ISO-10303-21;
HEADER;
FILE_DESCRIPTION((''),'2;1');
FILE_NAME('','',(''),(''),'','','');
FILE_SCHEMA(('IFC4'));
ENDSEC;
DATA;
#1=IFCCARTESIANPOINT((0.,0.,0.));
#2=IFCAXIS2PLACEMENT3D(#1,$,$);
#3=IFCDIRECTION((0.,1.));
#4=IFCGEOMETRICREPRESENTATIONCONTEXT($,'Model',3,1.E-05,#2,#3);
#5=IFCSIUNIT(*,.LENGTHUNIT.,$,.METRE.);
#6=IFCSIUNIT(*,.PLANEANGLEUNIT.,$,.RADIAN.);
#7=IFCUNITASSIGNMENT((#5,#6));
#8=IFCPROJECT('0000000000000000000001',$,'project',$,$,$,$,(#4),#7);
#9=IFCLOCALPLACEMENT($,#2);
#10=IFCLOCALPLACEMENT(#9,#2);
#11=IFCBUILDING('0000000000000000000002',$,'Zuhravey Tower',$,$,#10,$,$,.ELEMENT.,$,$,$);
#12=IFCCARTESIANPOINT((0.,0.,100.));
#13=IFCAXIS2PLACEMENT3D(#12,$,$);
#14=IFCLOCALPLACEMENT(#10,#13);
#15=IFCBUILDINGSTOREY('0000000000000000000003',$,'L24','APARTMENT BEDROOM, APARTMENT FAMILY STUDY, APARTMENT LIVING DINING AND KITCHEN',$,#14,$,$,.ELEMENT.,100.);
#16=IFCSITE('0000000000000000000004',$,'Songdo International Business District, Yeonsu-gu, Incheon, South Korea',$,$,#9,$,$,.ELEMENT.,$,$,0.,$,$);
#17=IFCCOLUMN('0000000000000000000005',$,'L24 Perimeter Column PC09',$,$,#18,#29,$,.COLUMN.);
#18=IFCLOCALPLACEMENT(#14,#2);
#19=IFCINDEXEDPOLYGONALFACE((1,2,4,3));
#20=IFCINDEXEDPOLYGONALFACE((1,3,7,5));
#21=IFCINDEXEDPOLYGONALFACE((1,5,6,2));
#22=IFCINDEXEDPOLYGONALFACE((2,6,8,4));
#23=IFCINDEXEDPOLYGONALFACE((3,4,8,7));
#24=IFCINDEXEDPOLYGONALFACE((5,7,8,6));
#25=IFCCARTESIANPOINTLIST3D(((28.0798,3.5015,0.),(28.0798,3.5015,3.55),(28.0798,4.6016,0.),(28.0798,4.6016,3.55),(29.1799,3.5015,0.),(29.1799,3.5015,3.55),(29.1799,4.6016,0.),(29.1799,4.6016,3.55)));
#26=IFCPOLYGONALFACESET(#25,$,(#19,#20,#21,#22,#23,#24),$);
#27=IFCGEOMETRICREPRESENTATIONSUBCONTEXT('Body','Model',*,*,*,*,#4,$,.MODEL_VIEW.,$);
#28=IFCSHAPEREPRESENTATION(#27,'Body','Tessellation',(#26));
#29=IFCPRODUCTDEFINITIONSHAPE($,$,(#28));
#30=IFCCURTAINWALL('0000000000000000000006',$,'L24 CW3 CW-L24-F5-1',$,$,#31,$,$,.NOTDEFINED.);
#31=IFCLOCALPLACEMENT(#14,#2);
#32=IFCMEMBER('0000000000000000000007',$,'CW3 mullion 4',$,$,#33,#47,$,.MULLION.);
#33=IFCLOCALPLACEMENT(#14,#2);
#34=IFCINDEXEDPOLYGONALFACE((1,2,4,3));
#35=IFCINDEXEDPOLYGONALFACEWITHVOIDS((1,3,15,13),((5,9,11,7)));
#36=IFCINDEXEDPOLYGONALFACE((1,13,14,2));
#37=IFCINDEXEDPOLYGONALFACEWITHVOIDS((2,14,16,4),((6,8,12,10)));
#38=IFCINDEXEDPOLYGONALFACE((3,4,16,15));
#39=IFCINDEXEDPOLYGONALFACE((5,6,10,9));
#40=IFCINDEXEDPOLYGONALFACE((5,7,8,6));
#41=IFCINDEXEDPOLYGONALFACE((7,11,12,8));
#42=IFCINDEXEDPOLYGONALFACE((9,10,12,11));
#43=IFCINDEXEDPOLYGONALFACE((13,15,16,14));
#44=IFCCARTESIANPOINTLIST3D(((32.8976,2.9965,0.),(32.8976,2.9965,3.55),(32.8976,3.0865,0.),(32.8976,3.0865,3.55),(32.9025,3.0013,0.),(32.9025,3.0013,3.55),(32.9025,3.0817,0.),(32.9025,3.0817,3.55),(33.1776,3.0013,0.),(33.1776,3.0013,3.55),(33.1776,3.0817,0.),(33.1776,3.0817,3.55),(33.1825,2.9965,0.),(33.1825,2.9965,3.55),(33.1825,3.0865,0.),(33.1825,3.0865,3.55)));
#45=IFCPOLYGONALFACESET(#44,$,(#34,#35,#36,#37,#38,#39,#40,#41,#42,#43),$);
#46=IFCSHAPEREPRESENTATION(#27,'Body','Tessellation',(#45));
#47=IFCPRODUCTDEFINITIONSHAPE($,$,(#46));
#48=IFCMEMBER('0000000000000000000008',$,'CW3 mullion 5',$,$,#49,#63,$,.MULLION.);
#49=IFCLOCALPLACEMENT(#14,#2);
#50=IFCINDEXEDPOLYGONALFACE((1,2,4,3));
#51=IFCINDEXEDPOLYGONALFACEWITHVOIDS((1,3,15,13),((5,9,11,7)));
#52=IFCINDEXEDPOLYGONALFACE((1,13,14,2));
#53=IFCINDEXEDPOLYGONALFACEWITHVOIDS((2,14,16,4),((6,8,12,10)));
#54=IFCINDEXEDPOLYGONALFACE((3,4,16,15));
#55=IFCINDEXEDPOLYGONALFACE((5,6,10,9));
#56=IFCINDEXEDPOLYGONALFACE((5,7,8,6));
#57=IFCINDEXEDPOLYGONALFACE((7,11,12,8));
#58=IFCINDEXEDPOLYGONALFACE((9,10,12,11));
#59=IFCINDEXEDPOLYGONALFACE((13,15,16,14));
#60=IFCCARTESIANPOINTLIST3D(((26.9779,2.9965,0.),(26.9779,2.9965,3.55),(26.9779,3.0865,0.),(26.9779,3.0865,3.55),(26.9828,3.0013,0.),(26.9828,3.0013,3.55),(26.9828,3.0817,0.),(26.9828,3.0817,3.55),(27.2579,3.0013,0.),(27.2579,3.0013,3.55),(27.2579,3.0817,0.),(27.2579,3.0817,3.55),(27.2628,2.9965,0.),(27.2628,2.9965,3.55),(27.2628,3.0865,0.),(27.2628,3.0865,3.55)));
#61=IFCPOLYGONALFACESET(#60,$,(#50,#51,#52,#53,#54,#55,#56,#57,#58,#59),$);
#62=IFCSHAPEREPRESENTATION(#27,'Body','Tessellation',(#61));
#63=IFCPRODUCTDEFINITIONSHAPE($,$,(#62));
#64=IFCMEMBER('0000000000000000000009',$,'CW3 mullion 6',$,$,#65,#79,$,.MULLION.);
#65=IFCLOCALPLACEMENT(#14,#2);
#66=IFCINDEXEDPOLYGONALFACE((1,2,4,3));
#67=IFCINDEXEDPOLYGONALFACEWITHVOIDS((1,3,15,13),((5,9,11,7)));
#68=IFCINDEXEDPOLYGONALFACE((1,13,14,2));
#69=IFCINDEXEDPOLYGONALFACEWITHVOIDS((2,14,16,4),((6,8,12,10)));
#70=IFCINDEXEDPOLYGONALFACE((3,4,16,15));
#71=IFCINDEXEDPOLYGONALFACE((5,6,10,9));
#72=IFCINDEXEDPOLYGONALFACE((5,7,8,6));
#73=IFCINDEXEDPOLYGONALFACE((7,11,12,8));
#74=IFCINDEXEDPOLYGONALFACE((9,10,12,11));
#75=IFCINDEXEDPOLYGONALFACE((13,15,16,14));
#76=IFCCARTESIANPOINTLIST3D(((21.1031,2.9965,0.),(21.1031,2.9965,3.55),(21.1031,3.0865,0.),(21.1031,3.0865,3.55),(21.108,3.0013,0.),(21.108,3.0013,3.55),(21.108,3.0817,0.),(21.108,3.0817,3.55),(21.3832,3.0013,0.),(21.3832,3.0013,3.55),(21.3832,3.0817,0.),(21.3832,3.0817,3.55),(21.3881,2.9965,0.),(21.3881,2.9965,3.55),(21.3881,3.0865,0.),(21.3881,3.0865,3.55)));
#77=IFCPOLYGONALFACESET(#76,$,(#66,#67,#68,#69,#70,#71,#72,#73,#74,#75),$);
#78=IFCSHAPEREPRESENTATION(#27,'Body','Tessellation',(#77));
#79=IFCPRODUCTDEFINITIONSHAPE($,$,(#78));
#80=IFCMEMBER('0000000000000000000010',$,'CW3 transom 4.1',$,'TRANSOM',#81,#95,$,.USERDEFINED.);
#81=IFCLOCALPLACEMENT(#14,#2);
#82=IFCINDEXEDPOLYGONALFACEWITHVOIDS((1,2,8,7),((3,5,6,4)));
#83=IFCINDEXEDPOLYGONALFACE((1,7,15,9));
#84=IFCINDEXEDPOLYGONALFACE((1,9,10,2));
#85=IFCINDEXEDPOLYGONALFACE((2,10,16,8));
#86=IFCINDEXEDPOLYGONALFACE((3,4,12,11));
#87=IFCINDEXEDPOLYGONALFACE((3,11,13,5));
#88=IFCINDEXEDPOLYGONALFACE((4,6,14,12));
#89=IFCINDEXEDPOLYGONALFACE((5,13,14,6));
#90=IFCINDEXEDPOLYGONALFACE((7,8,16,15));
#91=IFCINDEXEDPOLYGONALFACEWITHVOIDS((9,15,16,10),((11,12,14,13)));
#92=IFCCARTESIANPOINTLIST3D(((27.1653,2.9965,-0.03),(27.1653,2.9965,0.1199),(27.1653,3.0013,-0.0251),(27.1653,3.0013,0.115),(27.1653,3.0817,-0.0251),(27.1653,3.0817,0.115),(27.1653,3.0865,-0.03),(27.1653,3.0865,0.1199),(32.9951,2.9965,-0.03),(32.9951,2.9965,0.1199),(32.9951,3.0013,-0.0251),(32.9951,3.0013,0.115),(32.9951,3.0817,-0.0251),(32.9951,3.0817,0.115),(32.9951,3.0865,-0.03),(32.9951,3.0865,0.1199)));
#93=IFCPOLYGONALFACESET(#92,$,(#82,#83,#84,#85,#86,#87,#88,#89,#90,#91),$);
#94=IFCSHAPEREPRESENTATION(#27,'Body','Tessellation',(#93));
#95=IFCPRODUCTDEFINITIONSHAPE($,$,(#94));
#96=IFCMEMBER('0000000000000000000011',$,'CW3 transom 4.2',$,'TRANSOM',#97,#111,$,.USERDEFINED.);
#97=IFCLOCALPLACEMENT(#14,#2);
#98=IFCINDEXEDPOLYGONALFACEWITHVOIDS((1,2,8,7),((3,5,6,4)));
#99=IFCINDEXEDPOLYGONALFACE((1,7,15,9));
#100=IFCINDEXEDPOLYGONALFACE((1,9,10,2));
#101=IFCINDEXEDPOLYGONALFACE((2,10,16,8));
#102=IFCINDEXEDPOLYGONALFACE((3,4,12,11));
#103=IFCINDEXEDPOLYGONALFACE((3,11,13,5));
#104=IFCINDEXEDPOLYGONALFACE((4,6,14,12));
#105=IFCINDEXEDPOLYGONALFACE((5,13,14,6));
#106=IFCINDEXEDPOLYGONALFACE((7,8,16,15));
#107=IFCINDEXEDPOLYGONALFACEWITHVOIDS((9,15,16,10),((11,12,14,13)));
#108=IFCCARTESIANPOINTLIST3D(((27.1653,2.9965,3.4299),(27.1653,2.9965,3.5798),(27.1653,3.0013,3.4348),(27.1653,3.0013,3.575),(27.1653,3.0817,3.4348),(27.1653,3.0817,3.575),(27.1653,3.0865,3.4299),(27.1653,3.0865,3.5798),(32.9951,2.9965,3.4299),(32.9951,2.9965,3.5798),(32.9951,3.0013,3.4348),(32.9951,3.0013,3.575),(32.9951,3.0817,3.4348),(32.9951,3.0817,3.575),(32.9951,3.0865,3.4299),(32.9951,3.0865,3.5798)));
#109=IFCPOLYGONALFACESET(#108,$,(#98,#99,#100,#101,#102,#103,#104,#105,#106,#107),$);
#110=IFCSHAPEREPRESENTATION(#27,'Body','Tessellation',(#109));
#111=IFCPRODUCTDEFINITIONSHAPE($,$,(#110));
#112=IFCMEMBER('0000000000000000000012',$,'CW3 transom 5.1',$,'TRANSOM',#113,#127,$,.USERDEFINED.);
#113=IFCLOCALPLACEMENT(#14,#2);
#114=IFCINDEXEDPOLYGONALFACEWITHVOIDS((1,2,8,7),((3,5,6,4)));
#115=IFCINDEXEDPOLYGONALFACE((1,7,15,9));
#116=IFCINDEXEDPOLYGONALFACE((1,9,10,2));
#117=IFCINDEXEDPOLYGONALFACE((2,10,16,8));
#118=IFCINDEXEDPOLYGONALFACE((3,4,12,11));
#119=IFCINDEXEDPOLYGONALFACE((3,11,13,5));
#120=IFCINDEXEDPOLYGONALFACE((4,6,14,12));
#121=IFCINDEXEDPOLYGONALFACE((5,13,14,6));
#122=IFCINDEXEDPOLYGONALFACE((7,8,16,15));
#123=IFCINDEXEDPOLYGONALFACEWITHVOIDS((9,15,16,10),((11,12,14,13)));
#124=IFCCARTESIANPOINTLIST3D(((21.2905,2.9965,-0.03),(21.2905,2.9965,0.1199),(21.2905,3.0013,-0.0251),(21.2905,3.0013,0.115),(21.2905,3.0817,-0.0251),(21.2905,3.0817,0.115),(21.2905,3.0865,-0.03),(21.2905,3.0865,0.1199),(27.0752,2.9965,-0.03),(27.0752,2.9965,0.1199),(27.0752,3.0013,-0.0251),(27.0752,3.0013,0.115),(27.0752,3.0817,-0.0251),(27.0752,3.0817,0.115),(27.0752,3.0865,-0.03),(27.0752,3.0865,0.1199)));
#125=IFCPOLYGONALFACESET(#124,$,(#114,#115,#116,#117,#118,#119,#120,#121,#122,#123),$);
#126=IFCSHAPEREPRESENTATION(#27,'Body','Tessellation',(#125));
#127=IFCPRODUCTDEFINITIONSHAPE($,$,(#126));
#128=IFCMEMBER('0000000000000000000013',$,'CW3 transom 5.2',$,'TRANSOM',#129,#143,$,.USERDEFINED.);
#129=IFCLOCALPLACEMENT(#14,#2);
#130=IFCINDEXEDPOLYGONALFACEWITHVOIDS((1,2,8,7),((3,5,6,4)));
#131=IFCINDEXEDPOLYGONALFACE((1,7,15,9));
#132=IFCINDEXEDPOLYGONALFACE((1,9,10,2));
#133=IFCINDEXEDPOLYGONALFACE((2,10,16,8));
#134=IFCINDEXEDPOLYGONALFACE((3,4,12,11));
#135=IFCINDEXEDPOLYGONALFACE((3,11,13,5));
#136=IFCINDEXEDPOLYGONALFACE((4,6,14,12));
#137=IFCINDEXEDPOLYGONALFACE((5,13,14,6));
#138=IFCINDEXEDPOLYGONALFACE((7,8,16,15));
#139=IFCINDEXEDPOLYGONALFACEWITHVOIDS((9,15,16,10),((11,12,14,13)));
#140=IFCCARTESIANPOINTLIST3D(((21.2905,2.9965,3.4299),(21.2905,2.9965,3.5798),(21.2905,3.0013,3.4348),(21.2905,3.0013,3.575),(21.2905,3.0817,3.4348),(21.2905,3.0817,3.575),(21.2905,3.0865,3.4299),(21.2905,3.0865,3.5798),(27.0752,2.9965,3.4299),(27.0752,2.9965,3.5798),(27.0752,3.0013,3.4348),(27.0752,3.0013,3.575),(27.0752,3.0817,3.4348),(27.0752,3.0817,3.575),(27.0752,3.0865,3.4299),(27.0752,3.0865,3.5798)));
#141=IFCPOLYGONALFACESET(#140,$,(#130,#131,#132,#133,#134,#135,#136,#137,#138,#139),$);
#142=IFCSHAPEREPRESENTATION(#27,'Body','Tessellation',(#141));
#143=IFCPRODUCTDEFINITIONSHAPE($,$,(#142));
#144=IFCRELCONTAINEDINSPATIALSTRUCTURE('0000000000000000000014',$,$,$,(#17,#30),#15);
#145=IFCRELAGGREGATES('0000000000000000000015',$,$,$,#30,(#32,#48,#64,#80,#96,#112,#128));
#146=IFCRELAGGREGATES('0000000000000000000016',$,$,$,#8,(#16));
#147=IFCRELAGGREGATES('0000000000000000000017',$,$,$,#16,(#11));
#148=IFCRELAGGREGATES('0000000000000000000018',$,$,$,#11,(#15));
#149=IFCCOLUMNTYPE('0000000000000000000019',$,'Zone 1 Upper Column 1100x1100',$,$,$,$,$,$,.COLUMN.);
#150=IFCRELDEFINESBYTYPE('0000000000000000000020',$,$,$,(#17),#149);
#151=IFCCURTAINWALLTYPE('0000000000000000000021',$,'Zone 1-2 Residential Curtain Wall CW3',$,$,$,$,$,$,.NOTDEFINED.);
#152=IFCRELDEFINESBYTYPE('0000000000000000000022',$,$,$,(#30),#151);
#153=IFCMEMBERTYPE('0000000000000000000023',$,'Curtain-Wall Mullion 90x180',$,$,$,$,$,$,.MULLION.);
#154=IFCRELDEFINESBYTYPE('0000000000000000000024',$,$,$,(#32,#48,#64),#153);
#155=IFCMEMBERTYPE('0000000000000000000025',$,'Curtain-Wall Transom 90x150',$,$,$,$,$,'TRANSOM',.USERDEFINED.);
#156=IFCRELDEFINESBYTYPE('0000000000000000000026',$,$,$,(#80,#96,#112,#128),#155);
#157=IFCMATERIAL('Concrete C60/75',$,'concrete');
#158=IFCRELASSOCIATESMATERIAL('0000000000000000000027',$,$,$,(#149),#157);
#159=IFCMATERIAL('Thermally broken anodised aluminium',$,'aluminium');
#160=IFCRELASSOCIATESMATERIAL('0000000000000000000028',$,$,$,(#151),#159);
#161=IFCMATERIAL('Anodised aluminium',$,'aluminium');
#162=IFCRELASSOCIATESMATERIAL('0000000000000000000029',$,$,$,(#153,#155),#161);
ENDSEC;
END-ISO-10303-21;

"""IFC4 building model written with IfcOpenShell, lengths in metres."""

from ifc_helpers import new_model, si_unit, direction, frame, origin, origin_2d, place, context, subcontext, project, spatial, rectangle, hollow_rectangle, extrude, material, material_profile, profile_set, type_object, element, aggregate, save


model = new_model("IFC4")

# Units and contexts
model_context = context("Model", 3, precision=1e-05, world=origin(), true_north=direction((0.0, 1.0)))
body_context = subcontext(model_context, "Body", "Model", "MODEL_VIEW")
ifc_project = project(units=[si_unit("LENGTHUNIT", "METRE"), si_unit("PLANEANGLEUNIT", "RADIAN")], contexts=[model_context])

# Site, building, storey
site_placement = place(None, origin())
site = spatial("IfcSite", under=ifc_project, at=site_placement, Name="Songdo International Business District, Yeonsu-gu, Incheon, South Korea", CompositionType="ELEMENT", RefElevation=0.0)
building_placement = place(site_placement, origin())
building = spatial("IfcBuilding", under=site, at=building_placement, Name="Zuhravey Tower", CompositionType="ELEMENT")
storey_placement = place(building_placement, frame((0.0, 0.0, 100.0)))
storey = spatial("IfcBuildingStorey", under=building, at=storey_placement, Name="L24", Description="APARTMENT BEDROOM, APARTMENT FAMILY STUDY, APARTMENT LIVING DINING AND KITCHEN", CompositionType="ELEMENT", Elevation=100.0)

# Column
ifc_material_1 = material(Name="Concrete C60/75", Category="concrete")
ifc_material_profile_1 = material_profile(ifc_material_1, rectangle(XDim=1.1001, YDim=1.1001, at=origin_2d()), Name="RC-1100x1100")
ifc_profile_set_1 = profile_set([ifc_material_profile_1], Name="Concrete C60/75")
column_type = type_object("IfcColumnType", Name="Zone 1 Upper Column 1100x1100", PredefinedType="COLUMN", material=ifc_profile_set_1)
column_placement = place(storey_placement, frame((28.6299, 4.0515, 0.0), z_axis=(0.0, 0.0, 1.0), x_axis=(1.0, 0.0, 0.0)))
element("IfcColumn", 1, at=column_placement, inside=storey, type_object=column_type, Name="L24 Perimeter Column PC09", PredefinedType="COLUMN", context=body_context, shape_type="SweptSolid", body=[
    extrude(rectangle(XDim=1.1001, YDim=1.1001, at=origin_2d()), origin(), (0.0, 0.0, 1.0), 3.55),
])

# Curtain wall, members
ifc_material_2 = material(Name="Thermally broken anodised aluminium", Category="aluminium")
curtain_wall_type = type_object("IfcCurtainWallType", Name="Zone 1-2 Residential Curtain Wall CW3", PredefinedType="NOTDEFINED", material=ifc_material_2)
curtain_wall_placement = place(storey_placement, origin())
curtain_wall = element("IfcCurtainWall", 2, at=curtain_wall_placement, inside=storey, type_object=curtain_wall_type, Name="L24 CW3 CW-L24-F5-1", PredefinedType="NOTDEFINED")
ifc_material_3 = material(Name="Anodised aluminium", Category="aluminium")
ifc_material_profile_2 = material_profile(ifc_material_3, hollow_rectangle(XDim=0.0901, YDim=0.2849, WallThickness=0.0049, at=origin_2d()), Name="ALU-RHS-90x285x5")
ifc_profile_set_2 = profile_set([ifc_material_profile_2], Name="Anodised aluminium")
member_type_1 = type_object("IfcMemberType", Name="Curtain-Wall Mullion 90x180", PredefinedType="MULLION", material=ifc_profile_set_2)
member_1_placement = place(storey_placement, frame((33.04, 3.0415, 0.0), z_axis=(0.0, 0.0, 1.0), x_axis=(0.0, -1.0, 0.0)))
member_1 = element("IfcMember", 3, at=member_1_placement, type_object=member_type_1, Name="CW3 mullion 4", PredefinedType="MULLION", context=body_context, shape_type="SweptSolid", body=[
    extrude(hollow_rectangle(XDim=0.0901, YDim=0.2849, WallThickness=0.0049, at=origin_2d()), origin(), (0.0, 0.0, 1.0), 3.55),
])
member_2_placement = place(storey_placement, frame((27.1204, 3.0415, 0.0), z_axis=(0.0, 0.0, 1.0), x_axis=(0.0, -1.0, 0.0)))
member_2 = element("IfcMember", 4, at=member_2_placement, type_object=member_type_1, Name="CW3 mullion 5", PredefinedType="MULLION", context=body_context, shape_type="SweptSolid", body=[
    extrude(hollow_rectangle(XDim=0.0901, YDim=0.2849, WallThickness=0.0049, at=origin_2d()), origin(), (0.0, 0.0, 1.0), 3.55),
])
member_3_placement = place(storey_placement, frame((21.2456, 3.0415, 0.0), z_axis=(0.0, 0.0, 1.0), x_axis=(0.0, -1.0, 0.0)))
member_3 = element("IfcMember", 5, at=member_3_placement, type_object=member_type_1, Name="CW3 mullion 6", PredefinedType="MULLION", context=body_context, shape_type="SweptSolid", body=[
    extrude(hollow_rectangle(XDim=0.0901, YDim=0.2849, WallThickness=0.0049, at=origin_2d()), origin(), (0.0, 0.0, 1.0), 3.55),
])
ifc_material_profile_3 = material_profile(ifc_material_3, hollow_rectangle(XDim=0.0901, YDim=0.1499, WallThickness=0.0049, at=origin_2d()), Name="ALU-RHS-90x150x5")
ifc_profile_set_3 = profile_set([ifc_material_profile_3], Name="Anodised aluminium")
member_type_2 = type_object("IfcMemberType", Name="Curtain-Wall Transom 90x150", ElementType="TRANSOM", PredefinedType="USERDEFINED", material=ifc_profile_set_3)
member_4_placement = place(storey_placement, frame((32.9951, 3.0415, 0.0449), z_axis=(-1.0, 0.0, 0.0), x_axis=(0.0, -1.0, 0.0)))
member_4 = element("IfcMember", 6, at=member_4_placement, type_object=member_type_2, Name="CW3 transom 4.1", ObjectType="TRANSOM", PredefinedType="USERDEFINED", context=body_context, shape_type="SweptSolid", body=[
    extrude(hollow_rectangle(XDim=0.0901, YDim=0.1499, WallThickness=0.0049, at=origin_2d()), origin(), (0.0, 0.0, 1.0), 5.8298),
])
member_5_placement = place(storey_placement, frame((32.9951, 3.0415, 3.5049), z_axis=(-1.0, 0.0, 0.0), x_axis=(0.0, -1.0, 0.0)))
member_5 = element("IfcMember", 7, at=member_5_placement, type_object=member_type_2, Name="CW3 transom 4.2", ObjectType="TRANSOM", PredefinedType="USERDEFINED", context=body_context, shape_type="SweptSolid", body=[
    extrude(hollow_rectangle(XDim=0.0901, YDim=0.1499, WallThickness=0.0049, at=origin_2d()), origin(), (0.0, 0.0, 1.0), 5.8298),
])
member_6_placement = place(storey_placement, frame((27.0752, 3.0415, 0.0449), z_axis=(-1.0, 0.0, 0.0), x_axis=(0.0, -1.0, 0.0)))
member_6 = element("IfcMember", 8, at=member_6_placement, type_object=member_type_2, Name="CW3 transom 5.1", ObjectType="TRANSOM", PredefinedType="USERDEFINED", context=body_context, shape_type="SweptSolid", body=[
    extrude(hollow_rectangle(XDim=0.0901, YDim=0.1499, WallThickness=0.0049, at=origin_2d()), origin(), (0.0, 0.0, 1.0), 5.7847),
])
member_7_placement = place(storey_placement, frame((27.0752, 3.0415, 3.5049), z_axis=(-1.0, 0.0, 0.0), x_axis=(0.0, -1.0, 0.0)))
member_7 = element("IfcMember", 9, at=member_7_placement, type_object=member_type_2, Name="CW3 transom 5.2", ObjectType="TRANSOM", PredefinedType="USERDEFINED", context=body_context, shape_type="SweptSolid", body=[
    extrude(hollow_rectangle(XDim=0.0901, YDim=0.1499, WallThickness=0.0049, at=origin_2d()), origin(), (0.0, 0.0, 1.0), 5.7847),
])

aggregate(curtain_wall, [member_1, member_2, member_3, member_4, member_5, member_6, member_7])

save(model, "model.ifc")
